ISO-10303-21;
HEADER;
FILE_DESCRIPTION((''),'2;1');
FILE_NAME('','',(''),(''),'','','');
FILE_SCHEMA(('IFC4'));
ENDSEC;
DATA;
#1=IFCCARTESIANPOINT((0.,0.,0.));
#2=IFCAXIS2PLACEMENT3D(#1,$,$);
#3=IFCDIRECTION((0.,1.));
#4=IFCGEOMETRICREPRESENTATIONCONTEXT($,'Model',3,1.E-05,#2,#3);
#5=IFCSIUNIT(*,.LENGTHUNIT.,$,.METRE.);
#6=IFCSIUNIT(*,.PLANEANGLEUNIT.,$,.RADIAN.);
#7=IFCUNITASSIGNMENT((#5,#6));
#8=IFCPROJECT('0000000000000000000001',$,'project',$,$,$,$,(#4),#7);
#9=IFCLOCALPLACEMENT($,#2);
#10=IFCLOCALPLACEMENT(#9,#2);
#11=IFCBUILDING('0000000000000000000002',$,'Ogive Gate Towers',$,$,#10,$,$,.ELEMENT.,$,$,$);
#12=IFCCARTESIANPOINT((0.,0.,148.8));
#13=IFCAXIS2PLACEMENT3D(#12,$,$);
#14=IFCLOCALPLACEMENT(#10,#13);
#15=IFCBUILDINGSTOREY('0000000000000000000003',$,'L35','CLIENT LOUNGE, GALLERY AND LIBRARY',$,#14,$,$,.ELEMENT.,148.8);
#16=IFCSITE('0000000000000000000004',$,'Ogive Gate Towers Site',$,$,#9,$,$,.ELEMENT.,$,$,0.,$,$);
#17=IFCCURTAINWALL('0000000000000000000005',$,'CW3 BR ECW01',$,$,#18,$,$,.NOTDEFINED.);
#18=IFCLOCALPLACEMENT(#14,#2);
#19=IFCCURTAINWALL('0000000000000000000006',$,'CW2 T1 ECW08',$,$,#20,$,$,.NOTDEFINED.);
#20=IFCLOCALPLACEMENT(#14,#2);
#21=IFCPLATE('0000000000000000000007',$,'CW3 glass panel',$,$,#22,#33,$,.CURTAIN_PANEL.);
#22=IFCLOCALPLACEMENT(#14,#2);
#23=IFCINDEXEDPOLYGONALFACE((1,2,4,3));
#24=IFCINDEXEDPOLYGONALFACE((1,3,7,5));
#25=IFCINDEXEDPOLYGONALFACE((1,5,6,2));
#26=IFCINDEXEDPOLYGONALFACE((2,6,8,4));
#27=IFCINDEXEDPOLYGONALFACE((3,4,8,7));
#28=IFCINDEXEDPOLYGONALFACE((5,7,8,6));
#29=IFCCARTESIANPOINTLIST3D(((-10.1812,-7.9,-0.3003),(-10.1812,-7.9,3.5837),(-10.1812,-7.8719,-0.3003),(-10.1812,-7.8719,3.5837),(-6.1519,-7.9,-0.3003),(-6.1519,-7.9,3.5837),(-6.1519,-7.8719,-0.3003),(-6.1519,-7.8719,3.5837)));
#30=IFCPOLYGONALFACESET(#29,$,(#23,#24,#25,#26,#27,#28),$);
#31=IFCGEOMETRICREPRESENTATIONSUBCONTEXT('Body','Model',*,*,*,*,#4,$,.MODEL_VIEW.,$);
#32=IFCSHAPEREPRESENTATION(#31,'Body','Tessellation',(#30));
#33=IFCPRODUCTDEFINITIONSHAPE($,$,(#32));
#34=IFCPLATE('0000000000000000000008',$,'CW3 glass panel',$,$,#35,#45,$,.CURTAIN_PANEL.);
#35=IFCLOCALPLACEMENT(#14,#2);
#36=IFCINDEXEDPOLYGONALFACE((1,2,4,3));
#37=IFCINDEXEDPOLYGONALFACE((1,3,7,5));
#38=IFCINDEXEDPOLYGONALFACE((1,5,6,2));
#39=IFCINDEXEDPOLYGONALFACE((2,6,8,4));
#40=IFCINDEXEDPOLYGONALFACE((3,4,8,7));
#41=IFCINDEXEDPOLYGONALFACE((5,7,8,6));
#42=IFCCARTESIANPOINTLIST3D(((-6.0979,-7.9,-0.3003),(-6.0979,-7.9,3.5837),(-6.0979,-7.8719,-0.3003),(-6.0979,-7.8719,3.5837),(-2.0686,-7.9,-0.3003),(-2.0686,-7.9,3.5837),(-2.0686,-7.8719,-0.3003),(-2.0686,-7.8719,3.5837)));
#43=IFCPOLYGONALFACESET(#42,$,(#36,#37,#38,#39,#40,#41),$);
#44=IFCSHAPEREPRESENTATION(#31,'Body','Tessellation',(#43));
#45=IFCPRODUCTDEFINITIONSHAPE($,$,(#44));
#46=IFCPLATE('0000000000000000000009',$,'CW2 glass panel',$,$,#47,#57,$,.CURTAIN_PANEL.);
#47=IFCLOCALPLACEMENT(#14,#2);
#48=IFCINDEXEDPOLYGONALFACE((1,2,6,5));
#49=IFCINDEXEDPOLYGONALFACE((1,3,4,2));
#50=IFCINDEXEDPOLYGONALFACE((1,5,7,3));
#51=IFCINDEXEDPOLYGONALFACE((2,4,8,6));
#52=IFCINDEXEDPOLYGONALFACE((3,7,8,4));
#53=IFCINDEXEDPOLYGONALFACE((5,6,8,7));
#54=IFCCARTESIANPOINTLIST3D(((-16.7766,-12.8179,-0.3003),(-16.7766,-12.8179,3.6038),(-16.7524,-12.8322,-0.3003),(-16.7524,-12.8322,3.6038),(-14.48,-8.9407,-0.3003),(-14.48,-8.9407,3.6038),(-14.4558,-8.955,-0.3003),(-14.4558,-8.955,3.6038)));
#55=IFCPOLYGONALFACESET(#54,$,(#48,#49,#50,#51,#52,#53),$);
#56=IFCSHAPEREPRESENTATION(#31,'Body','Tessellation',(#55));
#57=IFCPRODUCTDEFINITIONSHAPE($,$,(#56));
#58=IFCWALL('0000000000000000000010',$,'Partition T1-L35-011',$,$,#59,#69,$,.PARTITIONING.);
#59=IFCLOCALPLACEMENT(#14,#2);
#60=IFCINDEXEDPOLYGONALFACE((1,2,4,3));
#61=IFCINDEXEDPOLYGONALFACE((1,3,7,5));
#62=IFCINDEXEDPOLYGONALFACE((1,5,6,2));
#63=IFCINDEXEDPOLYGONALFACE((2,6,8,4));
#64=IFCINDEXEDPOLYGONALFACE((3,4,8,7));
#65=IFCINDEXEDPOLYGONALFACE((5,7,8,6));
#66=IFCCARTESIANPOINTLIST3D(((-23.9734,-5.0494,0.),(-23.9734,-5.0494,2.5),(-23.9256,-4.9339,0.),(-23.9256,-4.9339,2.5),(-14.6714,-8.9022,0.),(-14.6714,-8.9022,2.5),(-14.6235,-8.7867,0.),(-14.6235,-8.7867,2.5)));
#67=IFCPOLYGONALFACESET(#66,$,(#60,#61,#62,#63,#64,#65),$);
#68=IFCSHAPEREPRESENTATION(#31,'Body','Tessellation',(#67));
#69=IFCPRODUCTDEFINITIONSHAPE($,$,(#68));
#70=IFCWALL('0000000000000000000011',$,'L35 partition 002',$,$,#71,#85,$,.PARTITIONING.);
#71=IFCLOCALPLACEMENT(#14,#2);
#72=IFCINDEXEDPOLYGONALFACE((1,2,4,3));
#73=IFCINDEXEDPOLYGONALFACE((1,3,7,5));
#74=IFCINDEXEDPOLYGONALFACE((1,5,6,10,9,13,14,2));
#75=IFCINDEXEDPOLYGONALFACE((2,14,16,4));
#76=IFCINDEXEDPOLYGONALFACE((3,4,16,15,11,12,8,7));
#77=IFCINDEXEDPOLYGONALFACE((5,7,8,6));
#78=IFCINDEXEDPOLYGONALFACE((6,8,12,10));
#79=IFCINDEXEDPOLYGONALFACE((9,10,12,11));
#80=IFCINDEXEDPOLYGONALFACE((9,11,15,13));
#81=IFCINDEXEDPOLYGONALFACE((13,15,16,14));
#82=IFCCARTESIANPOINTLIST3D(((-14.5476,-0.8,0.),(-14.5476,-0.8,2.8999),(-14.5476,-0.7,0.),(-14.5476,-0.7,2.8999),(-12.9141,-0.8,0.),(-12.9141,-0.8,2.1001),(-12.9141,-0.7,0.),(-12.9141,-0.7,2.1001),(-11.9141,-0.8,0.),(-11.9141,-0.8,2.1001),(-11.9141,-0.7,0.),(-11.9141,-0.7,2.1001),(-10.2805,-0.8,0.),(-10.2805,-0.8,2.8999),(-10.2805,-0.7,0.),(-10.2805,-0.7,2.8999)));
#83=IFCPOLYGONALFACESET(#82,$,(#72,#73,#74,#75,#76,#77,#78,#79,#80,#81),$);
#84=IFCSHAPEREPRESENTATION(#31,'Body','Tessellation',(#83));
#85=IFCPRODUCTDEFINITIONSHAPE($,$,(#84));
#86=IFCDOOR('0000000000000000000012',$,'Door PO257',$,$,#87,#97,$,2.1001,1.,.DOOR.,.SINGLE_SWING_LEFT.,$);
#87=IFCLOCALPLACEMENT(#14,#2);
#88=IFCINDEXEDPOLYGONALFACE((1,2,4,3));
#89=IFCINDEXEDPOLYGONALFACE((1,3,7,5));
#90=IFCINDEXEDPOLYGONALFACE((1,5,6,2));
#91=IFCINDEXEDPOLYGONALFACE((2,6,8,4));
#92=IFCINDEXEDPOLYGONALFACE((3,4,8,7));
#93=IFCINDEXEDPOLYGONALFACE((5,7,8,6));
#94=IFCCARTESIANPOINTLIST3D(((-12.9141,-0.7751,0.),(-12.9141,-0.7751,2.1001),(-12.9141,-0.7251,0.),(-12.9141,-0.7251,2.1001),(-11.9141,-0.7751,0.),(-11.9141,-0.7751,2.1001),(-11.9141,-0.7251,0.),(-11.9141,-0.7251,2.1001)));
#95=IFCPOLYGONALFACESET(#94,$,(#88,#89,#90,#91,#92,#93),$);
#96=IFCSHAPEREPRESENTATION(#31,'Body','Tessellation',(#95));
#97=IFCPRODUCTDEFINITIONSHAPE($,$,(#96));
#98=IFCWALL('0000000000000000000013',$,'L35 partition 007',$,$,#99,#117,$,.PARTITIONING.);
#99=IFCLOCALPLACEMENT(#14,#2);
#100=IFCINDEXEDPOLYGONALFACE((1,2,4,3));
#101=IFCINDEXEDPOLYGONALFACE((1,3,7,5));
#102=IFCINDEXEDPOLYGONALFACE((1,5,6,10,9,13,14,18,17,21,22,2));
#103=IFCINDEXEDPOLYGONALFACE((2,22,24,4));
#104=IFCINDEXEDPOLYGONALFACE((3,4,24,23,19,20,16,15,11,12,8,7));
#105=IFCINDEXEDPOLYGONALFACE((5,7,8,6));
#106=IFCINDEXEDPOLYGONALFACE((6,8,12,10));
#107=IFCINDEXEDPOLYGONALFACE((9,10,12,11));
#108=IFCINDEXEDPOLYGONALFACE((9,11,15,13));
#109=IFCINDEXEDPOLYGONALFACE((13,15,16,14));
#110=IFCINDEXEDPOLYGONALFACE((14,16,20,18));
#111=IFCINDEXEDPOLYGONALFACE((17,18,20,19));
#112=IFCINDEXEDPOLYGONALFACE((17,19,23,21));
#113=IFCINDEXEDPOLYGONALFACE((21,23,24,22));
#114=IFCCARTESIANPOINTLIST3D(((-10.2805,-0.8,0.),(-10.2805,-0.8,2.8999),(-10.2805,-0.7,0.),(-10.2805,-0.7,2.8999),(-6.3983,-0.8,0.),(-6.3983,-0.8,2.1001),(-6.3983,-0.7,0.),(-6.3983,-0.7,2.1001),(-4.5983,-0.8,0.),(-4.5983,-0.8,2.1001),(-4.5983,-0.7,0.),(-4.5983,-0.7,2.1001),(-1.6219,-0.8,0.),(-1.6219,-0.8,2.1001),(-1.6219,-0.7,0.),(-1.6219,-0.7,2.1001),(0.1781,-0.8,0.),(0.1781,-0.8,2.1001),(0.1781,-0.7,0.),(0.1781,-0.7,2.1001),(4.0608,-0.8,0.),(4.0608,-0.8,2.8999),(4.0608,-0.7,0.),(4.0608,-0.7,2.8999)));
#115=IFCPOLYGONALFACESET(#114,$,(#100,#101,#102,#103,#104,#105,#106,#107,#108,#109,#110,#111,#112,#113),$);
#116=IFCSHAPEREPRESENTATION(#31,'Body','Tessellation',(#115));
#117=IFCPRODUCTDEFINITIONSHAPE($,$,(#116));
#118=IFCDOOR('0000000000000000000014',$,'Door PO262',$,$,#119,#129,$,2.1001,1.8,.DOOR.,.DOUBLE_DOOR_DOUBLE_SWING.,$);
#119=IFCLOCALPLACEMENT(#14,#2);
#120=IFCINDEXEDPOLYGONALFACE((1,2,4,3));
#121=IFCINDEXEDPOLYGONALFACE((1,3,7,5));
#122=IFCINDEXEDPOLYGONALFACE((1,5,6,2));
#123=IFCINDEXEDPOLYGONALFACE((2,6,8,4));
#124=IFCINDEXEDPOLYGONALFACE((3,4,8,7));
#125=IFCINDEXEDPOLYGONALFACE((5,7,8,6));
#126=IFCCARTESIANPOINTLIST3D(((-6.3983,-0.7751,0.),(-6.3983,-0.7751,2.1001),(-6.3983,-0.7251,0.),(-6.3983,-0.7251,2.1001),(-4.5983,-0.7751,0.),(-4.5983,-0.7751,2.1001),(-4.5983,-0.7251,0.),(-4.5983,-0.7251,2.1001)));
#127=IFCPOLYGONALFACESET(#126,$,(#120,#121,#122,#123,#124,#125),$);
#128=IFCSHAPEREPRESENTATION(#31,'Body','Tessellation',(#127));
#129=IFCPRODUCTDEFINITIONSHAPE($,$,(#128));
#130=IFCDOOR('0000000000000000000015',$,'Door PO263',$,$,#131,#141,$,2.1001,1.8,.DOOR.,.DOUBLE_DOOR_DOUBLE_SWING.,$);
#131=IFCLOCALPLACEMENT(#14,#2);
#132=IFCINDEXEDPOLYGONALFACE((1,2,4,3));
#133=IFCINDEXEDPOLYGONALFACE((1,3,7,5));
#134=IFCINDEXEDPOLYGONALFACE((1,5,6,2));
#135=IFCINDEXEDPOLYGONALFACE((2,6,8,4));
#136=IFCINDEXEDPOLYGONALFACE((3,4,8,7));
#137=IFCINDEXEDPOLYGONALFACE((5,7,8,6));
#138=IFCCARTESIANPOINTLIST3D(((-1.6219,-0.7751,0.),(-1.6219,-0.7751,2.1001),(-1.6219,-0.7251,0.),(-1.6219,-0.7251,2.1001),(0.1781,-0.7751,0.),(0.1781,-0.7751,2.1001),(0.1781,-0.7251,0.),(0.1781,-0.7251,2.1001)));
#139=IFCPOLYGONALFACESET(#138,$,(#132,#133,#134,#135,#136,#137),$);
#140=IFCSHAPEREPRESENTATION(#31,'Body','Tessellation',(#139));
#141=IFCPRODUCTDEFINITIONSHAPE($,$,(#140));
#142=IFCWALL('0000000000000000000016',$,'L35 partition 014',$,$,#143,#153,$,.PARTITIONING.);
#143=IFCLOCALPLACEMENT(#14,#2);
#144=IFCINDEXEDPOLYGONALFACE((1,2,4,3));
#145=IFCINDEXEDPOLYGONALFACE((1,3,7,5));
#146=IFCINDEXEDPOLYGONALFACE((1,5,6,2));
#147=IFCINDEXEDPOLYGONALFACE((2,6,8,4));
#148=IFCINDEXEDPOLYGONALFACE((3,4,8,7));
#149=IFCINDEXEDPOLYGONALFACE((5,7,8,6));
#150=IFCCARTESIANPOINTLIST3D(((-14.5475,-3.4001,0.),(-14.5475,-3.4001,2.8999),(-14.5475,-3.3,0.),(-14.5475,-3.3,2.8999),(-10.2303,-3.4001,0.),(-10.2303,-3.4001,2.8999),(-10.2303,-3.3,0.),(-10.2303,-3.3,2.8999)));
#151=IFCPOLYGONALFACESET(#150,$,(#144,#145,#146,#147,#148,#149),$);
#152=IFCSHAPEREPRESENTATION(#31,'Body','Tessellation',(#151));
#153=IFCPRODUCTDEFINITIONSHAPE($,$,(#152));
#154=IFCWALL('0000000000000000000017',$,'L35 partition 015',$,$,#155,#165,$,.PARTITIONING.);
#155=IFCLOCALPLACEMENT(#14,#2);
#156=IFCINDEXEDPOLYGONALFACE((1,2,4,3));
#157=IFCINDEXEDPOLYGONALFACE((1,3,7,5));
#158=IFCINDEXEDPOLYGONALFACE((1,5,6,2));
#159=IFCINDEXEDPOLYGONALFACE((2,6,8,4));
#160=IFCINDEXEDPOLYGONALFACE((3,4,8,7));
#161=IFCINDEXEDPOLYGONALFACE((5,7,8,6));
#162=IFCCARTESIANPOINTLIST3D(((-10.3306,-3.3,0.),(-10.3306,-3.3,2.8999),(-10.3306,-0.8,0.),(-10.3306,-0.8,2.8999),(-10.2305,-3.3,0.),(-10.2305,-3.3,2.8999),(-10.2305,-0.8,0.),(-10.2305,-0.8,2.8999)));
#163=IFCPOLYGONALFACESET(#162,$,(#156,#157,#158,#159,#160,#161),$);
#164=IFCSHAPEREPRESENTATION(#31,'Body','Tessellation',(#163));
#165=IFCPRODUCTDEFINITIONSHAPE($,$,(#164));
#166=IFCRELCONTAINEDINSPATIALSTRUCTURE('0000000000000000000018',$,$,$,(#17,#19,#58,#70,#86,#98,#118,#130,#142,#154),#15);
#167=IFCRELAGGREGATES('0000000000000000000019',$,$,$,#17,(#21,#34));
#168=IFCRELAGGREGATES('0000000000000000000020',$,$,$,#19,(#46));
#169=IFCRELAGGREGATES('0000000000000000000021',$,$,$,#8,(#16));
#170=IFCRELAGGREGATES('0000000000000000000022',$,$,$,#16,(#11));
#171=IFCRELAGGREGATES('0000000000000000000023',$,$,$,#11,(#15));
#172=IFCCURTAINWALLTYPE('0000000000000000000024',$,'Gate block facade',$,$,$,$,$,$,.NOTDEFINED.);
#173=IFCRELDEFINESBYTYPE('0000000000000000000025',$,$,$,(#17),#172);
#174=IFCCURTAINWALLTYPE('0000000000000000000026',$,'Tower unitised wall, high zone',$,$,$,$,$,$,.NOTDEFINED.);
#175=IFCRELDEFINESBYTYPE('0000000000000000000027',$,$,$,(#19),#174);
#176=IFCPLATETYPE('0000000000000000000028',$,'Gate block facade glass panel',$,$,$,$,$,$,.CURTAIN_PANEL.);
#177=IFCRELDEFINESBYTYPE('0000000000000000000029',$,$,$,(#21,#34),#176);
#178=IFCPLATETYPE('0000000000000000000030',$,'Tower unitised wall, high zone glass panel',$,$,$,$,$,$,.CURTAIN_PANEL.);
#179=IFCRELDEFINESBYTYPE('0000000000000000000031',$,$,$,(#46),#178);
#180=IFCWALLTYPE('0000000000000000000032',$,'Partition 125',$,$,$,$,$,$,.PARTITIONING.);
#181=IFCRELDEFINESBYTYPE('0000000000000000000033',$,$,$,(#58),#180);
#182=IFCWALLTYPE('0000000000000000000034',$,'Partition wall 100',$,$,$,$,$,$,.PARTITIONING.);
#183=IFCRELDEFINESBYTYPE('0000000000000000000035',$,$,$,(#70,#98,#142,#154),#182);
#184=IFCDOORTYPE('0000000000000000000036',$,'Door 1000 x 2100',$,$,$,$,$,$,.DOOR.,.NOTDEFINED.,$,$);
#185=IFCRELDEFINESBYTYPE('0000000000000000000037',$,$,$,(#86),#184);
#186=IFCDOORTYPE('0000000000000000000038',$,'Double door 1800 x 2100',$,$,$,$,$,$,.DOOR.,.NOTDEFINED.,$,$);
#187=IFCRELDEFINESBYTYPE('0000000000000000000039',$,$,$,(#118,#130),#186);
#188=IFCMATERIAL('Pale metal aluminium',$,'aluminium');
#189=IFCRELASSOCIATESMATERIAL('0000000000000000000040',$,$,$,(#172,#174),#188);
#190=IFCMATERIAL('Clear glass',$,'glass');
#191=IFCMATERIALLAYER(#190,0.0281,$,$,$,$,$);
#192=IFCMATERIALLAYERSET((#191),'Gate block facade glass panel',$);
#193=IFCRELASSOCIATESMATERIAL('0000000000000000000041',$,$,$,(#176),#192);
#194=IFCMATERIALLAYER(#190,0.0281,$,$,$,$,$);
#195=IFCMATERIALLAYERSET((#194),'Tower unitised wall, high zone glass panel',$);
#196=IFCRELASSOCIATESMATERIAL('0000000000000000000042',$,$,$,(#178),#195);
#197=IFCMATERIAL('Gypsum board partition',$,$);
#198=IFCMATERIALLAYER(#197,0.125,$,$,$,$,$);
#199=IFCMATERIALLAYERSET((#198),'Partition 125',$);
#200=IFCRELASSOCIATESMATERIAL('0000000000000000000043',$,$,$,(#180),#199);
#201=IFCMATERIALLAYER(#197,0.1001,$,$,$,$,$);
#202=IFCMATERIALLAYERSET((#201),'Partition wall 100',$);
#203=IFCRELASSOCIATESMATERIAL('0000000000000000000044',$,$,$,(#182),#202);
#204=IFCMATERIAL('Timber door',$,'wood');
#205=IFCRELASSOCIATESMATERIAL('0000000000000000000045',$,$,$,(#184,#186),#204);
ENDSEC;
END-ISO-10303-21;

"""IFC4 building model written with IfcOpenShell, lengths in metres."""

from ifc_helpers import new_model, si_unit, direction, frame, frame_2d, origin, origin_2d, place, context, subcontext, project, spatial, rectangle, extrude, material, layer, layer_set, type_object, element, fill, aggregate, save


model = new_model("IFC4")

# Units and contexts
model_context = context("Model", 3, precision=1e-05, world=origin(), true_north=direction((0.0, 1.0)))
body_context = subcontext(model_context, "Body", "Model", "MODEL_VIEW")
ifc_project = project(units=[si_unit("LENGTHUNIT", "METRE"), si_unit("PLANEANGLEUNIT", "RADIAN")], contexts=[model_context])

# Site, building, storey
site_placement = place(None, origin())
site = spatial("IfcSite", under=ifc_project, at=site_placement, Name="Ogive Gate Towers Site", CompositionType="ELEMENT", RefElevation=0.0)
building_placement = place(site_placement, origin())
building = spatial("IfcBuilding", under=site, at=building_placement, Name="Ogive Gate Towers", CompositionType="ELEMENT")
storey_placement = place(building_placement, frame((0.0, 0.0, 148.8)))
storey = spatial("IfcBuildingStorey", under=building, at=storey_placement, Name="L35", Description="CLIENT LOUNGE, GALLERY AND LIBRARY", CompositionType="ELEMENT", Elevation=148.8)

# Curtain walls
ifc_material_1 = material(Name="Pale metal aluminium", Category="aluminium")
curtain_wall_type_1 = type_object("IfcCurtainWallType", Name="Gate block facade", PredefinedType="NOTDEFINED", material=ifc_material_1)
curtain_wall_1_placement = place(storey_placement, origin())
curtain_wall_1 = element("IfcCurtainWall", 1, at=curtain_wall_1_placement, inside=storey, type_object=curtain_wall_type_1, Name="CW3 BR ECW01", PredefinedType="NOTDEFINED")
curtain_wall_type_2 = type_object("IfcCurtainWallType", Name="Tower unitised wall, high zone", PredefinedType="NOTDEFINED", material=ifc_material_1)
curtain_wall_2_placement = place(storey_placement, origin())
curtain_wall_2 = element("IfcCurtainWall", 2, at=curtain_wall_2_placement, inside=storey, type_object=curtain_wall_type_2, Name="CW2 T1 ECW08", PredefinedType="NOTDEFINED")

# Plates
ifc_material_2 = material(Name="Clear glass", Category="glass")
ifc_layer_1 = layer(ifc_material_2, 0.0281)
ifc_layer_set_1 = layer_set([ifc_layer_1], Name="Gate block facade glass panel")
plate_type_1 = type_object("IfcPlateType", Name="Gate block facade glass panel", PredefinedType="CURTAIN_PANEL", material=ifc_layer_set_1)
plate_1_placement = place(storey_placement, frame((-8.1665, -7.886, -0.3003), z_axis=(0.0, 0.0, 1.0), x_axis=(1.0, 0.0, 0.0)))
plate_1 = element("IfcPlate", 3, at=plate_1_placement, type_object=plate_type_1, Name="CW3 glass panel", PredefinedType="CURTAIN_PANEL", context=body_context, shape_type="SweptSolid", body=[
    extrude(rectangle(XDim=4.0293, YDim=0.0281, at=origin_2d()), origin(), (0.0, 0.0, 1.0), 3.884),
])
plate_2_placement = place(storey_placement, frame((-4.0833, -7.886, -0.3003), z_axis=(0.0, 0.0, 1.0), x_axis=(1.0, 0.0, 0.0)))
plate_2 = element("IfcPlate", 4, at=plate_2_placement, type_object=plate_type_1, Name="CW3 glass panel", PredefinedType="CURTAIN_PANEL", context=body_context, shape_type="SweptSolid", body=[
    extrude(rectangle(XDim=4.0293, YDim=0.0281, at=origin_2d()), origin(), (0.0, 0.0, 1.0), 3.884),
])
aggregate(curtain_wall_1, [plate_1, plate_2])
ifc_layer_2 = layer(ifc_material_2, 0.0281)
ifc_layer_set_2 = layer_set([ifc_layer_2], Name="Tower unitised wall, high zone glass panel")
plate_type_2 = type_object("IfcPlateType", Name="Tower unitised wall, high zone glass panel", PredefinedType="CURTAIN_PANEL", material=ifc_layer_set_2)
plate_3_placement = place(storey_placement, frame((-15.6162, -10.8865, -0.3003), z_axis=(0.0, 0.0, 1.0), x_axis=(0.509642, 0.860386, 0.0)))
plate_3 = element("IfcPlate", 5, at=plate_3_placement, type_object=plate_type_2, Name="CW2 glass panel", PredefinedType="CURTAIN_PANEL", context=body_context, shape_type="SweptSolid", body=[
    extrude(rectangle(XDim=4.5063, YDim=0.0281, at=origin_2d()), origin(), (0.0, 0.0, 1.0), 3.9041),
])
aggregate(curtain_wall_2, [plate_3])

# Wall
ifc_material_3 = material(Name="Gypsum board partition")
ifc_layer_3 = layer(ifc_material_3, 0.125)
ifc_layer_set_3 = layer_set([ifc_layer_3], Name="Partition 125")
wall_type_1 = type_object("IfcWallType", Name="Partition 125", PredefinedType="PARTITIONING", material=ifc_layer_set_3)
wall_1_placement = place(storey_placement, frame((-14.6475, -8.8445, 0.0), z_axis=(0.0, 0.0, 1.0), x_axis=(-0.923888, 0.382664, 0.0)))
element("IfcWall", 6, at=wall_1_placement, inside=storey, type_object=wall_type_1, Name="Partition T1-L35-011", PredefinedType="PARTITIONING", context=body_context, shape_type="SweptSolid", body=[
    extrude(rectangle(XDim=10.0684, YDim=0.125, at=frame_2d((5.0342, 0.0))), origin(), (0.0, 0.0, 1.0), 2.5),
])

# Wall, opening, door
ifc_layer_4 = layer(ifc_material_3, 0.1001)
ifc_layer_set_4 = layer_set([ifc_layer_4], Name="Partition wall 100")
wall_type_2 = type_object("IfcWallType", Name="Partition wall 100", PredefinedType="PARTITIONING", material=ifc_layer_set_4)
wall_2_placement = place(storey_placement, frame((-14.5476, -0.75, 0.0), z_axis=(0.0, 0.0, 1.0), x_axis=(1.0, 0.0, 0.0)))
wall_2 = element("IfcWall", 7, at=wall_2_placement, inside=storey, type_object=wall_type_2, Name="L35 partition 002", PredefinedType="PARTITIONING", context=body_context, shape_type="SweptSolid", body=[
    extrude(rectangle(XDim=4.2671, YDim=0.1001, at=frame_2d((2.1335, 0.0))), origin(), (0.0, 0.0, 1.0), 2.8999),
])
opening_1_placement = place(wall_2_placement, frame((1.6335, 0.0, 0.0)))
opening_1 = element("IfcOpeningElement", 8, at=opening_1_placement, cuts=wall_2, PredefinedType="OPENING", context=body_context, shape_type="SweptSolid", body=[
    extrude(rectangle(XDim=1.0, YDim=2.1001, at=frame_2d((0.5, 1.05))), frame((0.0, 0.0601, 0.0), z_axis=(0.0, -1.0, 0.0), x_axis=(1.0, 0.0, 0.0)), (0.0, 0.0, 1.0), 0.1201),
])
ifc_material_4 = material(Name="Timber door", Category="wood")
door_type_1 = type_object("IfcDoorType", Name="Door 1000 x 2100", OperationType="NOTDEFINED", PredefinedType="DOOR", material=ifc_material_4)
door_1_placement = place(opening_1_placement, origin())
door_1 = element("IfcDoor", 9, at=door_1_placement, inside=storey, type_object=door_type_1, Name="Door PO257", OperationType="SINGLE_SWING_LEFT", OverallHeight=2.1001, OverallWidth=1.0, PredefinedType="DOOR", context=body_context, shape_type="SweptSolid", body=[
    extrude(rectangle(XDim=1.0, YDim=2.1001, at=frame_2d((0.5, 1.05))), frame((0.0, 0.0249, 0.0), z_axis=(0.0, -1.0, 0.0), x_axis=(1.0, 0.0, 0.0)), (0.0, 0.0, 1.0), 0.05),
])
fill(opening_1, door_1)

# Wall, openings, doors
wall_3_placement = place(storey_placement, frame((-10.2805, -0.75, 0.0), z_axis=(0.0, 0.0, 1.0), x_axis=(1.0, 0.0, 0.0)))
wall_3 = element("IfcWall", 10, at=wall_3_placement, inside=storey, type_object=wall_type_2, Name="L35 partition 007", PredefinedType="PARTITIONING", context=body_context, shape_type="SweptSolid", body=[
    extrude(rectangle(XDim=14.3413, YDim=0.1001, at=frame_2d((7.1707, 0.0))), origin(), (0.0, 0.0, 1.0), 2.8999),
])
opening_2_placement = place(wall_3_placement, frame((3.8823, 0.0, 0.0)))
opening_2 = element("IfcOpeningElement", 11, at=opening_2_placement, cuts=wall_3, PredefinedType="OPENING", context=body_context, shape_type="SweptSolid", body=[
    extrude(rectangle(XDim=1.8, YDim=2.1001, at=frame_2d((0.8999, 1.05))), frame((0.0, 0.0601, 0.0), z_axis=(0.0, -1.0, 0.0), x_axis=(1.0, 0.0, 0.0)), (0.0, 0.0, 1.0), 0.1201),
])
opening_3_placement = place(wall_3_placement, frame((8.6587, 0.0, 0.0)))
opening_3 = element("IfcOpeningElement", 12, at=opening_3_placement, cuts=wall_3, PredefinedType="OPENING", context=body_context, shape_type="SweptSolid", body=[
    extrude(rectangle(XDim=1.8, YDim=2.1001, at=frame_2d((0.8999, 1.05))), frame((0.0, 0.0601, 0.0), z_axis=(0.0, -1.0, 0.0), x_axis=(1.0, 0.0, 0.0)), (0.0, 0.0, 1.0), 0.1201),
])
door_type_2 = type_object("IfcDoorType", Name="Double door 1800 x 2100", OperationType="NOTDEFINED", PredefinedType="DOOR", material=ifc_material_4)
door_2_placement = place(opening_2_placement, origin())
door_2 = element("IfcDoor", 13, at=door_2_placement, inside=storey, type_object=door_type_2, Name="Door PO262", OperationType="DOUBLE_DOOR_DOUBLE_SWING", OverallHeight=2.1001, OverallWidth=1.8, PredefinedType="DOOR", context=body_context, shape_type="SweptSolid", body=[
    extrude(rectangle(XDim=1.8, YDim=2.1001, at=frame_2d((0.8999, 1.05))), frame((0.0, 0.0249, 0.0), z_axis=(0.0, -1.0, 0.0), x_axis=(1.0, 0.0, 0.0)), (0.0, 0.0, 1.0), 0.05),
])
fill(opening_2, door_2)
door_3_placement = place(opening_3_placement, origin())
door_3 = element("IfcDoor", 14, at=door_3_placement, inside=storey, type_object=door_type_2, Name="Door PO263", OperationType="DOUBLE_DOOR_DOUBLE_SWING", OverallHeight=2.1001, OverallWidth=1.8, PredefinedType="DOOR", context=body_context, shape_type="SweptSolid", body=[
    extrude(rectangle(XDim=1.8, YDim=2.1001, at=frame_2d((0.8999, 1.05))), frame((0.0, 0.0249, 0.0), z_axis=(0.0, -1.0, 0.0), x_axis=(1.0, 0.0, 0.0)), (0.0, 0.0, 1.0), 0.05),
])
fill(opening_3, door_3)

# Walls
wall_4_placement = place(storey_placement, frame((-14.5476, -3.3501, 0.0), z_axis=(0.0, 0.0, 1.0), x_axis=(1.0, 0.0, 0.0)))
element("IfcWall", 15, at=wall_4_placement, inside=storey, type_object=wall_type_2, Name="L35 partition 014", PredefinedType="PARTITIONING", context=body_context, shape_type="SweptSolid", body=[
    extrude(rectangle(XDim=4.3171, YDim=0.1001, at=frame_2d((2.1587, 0.0))), origin(), (0.0, 0.0, 1.0), 2.8999),
])
wall_5_placement = place(storey_placement, frame((-10.2805, -3.3, 0.0), z_axis=(0.0, 0.0, 1.0), x_axis=(0.0, 1.0, 0.0)))
element("IfcWall", 16, at=wall_5_placement, inside=storey, type_object=wall_type_2, Name="L35 partition 015", PredefinedType="PARTITIONING", context=body_context, shape_type="SweptSolid", body=[
    extrude(rectangle(XDim=2.5, YDim=0.1001, at=frame_2d((1.25, 0.0))), origin(), (0.0, 0.0, 1.0), 2.8999),
])

save(model, "model.ifc")
